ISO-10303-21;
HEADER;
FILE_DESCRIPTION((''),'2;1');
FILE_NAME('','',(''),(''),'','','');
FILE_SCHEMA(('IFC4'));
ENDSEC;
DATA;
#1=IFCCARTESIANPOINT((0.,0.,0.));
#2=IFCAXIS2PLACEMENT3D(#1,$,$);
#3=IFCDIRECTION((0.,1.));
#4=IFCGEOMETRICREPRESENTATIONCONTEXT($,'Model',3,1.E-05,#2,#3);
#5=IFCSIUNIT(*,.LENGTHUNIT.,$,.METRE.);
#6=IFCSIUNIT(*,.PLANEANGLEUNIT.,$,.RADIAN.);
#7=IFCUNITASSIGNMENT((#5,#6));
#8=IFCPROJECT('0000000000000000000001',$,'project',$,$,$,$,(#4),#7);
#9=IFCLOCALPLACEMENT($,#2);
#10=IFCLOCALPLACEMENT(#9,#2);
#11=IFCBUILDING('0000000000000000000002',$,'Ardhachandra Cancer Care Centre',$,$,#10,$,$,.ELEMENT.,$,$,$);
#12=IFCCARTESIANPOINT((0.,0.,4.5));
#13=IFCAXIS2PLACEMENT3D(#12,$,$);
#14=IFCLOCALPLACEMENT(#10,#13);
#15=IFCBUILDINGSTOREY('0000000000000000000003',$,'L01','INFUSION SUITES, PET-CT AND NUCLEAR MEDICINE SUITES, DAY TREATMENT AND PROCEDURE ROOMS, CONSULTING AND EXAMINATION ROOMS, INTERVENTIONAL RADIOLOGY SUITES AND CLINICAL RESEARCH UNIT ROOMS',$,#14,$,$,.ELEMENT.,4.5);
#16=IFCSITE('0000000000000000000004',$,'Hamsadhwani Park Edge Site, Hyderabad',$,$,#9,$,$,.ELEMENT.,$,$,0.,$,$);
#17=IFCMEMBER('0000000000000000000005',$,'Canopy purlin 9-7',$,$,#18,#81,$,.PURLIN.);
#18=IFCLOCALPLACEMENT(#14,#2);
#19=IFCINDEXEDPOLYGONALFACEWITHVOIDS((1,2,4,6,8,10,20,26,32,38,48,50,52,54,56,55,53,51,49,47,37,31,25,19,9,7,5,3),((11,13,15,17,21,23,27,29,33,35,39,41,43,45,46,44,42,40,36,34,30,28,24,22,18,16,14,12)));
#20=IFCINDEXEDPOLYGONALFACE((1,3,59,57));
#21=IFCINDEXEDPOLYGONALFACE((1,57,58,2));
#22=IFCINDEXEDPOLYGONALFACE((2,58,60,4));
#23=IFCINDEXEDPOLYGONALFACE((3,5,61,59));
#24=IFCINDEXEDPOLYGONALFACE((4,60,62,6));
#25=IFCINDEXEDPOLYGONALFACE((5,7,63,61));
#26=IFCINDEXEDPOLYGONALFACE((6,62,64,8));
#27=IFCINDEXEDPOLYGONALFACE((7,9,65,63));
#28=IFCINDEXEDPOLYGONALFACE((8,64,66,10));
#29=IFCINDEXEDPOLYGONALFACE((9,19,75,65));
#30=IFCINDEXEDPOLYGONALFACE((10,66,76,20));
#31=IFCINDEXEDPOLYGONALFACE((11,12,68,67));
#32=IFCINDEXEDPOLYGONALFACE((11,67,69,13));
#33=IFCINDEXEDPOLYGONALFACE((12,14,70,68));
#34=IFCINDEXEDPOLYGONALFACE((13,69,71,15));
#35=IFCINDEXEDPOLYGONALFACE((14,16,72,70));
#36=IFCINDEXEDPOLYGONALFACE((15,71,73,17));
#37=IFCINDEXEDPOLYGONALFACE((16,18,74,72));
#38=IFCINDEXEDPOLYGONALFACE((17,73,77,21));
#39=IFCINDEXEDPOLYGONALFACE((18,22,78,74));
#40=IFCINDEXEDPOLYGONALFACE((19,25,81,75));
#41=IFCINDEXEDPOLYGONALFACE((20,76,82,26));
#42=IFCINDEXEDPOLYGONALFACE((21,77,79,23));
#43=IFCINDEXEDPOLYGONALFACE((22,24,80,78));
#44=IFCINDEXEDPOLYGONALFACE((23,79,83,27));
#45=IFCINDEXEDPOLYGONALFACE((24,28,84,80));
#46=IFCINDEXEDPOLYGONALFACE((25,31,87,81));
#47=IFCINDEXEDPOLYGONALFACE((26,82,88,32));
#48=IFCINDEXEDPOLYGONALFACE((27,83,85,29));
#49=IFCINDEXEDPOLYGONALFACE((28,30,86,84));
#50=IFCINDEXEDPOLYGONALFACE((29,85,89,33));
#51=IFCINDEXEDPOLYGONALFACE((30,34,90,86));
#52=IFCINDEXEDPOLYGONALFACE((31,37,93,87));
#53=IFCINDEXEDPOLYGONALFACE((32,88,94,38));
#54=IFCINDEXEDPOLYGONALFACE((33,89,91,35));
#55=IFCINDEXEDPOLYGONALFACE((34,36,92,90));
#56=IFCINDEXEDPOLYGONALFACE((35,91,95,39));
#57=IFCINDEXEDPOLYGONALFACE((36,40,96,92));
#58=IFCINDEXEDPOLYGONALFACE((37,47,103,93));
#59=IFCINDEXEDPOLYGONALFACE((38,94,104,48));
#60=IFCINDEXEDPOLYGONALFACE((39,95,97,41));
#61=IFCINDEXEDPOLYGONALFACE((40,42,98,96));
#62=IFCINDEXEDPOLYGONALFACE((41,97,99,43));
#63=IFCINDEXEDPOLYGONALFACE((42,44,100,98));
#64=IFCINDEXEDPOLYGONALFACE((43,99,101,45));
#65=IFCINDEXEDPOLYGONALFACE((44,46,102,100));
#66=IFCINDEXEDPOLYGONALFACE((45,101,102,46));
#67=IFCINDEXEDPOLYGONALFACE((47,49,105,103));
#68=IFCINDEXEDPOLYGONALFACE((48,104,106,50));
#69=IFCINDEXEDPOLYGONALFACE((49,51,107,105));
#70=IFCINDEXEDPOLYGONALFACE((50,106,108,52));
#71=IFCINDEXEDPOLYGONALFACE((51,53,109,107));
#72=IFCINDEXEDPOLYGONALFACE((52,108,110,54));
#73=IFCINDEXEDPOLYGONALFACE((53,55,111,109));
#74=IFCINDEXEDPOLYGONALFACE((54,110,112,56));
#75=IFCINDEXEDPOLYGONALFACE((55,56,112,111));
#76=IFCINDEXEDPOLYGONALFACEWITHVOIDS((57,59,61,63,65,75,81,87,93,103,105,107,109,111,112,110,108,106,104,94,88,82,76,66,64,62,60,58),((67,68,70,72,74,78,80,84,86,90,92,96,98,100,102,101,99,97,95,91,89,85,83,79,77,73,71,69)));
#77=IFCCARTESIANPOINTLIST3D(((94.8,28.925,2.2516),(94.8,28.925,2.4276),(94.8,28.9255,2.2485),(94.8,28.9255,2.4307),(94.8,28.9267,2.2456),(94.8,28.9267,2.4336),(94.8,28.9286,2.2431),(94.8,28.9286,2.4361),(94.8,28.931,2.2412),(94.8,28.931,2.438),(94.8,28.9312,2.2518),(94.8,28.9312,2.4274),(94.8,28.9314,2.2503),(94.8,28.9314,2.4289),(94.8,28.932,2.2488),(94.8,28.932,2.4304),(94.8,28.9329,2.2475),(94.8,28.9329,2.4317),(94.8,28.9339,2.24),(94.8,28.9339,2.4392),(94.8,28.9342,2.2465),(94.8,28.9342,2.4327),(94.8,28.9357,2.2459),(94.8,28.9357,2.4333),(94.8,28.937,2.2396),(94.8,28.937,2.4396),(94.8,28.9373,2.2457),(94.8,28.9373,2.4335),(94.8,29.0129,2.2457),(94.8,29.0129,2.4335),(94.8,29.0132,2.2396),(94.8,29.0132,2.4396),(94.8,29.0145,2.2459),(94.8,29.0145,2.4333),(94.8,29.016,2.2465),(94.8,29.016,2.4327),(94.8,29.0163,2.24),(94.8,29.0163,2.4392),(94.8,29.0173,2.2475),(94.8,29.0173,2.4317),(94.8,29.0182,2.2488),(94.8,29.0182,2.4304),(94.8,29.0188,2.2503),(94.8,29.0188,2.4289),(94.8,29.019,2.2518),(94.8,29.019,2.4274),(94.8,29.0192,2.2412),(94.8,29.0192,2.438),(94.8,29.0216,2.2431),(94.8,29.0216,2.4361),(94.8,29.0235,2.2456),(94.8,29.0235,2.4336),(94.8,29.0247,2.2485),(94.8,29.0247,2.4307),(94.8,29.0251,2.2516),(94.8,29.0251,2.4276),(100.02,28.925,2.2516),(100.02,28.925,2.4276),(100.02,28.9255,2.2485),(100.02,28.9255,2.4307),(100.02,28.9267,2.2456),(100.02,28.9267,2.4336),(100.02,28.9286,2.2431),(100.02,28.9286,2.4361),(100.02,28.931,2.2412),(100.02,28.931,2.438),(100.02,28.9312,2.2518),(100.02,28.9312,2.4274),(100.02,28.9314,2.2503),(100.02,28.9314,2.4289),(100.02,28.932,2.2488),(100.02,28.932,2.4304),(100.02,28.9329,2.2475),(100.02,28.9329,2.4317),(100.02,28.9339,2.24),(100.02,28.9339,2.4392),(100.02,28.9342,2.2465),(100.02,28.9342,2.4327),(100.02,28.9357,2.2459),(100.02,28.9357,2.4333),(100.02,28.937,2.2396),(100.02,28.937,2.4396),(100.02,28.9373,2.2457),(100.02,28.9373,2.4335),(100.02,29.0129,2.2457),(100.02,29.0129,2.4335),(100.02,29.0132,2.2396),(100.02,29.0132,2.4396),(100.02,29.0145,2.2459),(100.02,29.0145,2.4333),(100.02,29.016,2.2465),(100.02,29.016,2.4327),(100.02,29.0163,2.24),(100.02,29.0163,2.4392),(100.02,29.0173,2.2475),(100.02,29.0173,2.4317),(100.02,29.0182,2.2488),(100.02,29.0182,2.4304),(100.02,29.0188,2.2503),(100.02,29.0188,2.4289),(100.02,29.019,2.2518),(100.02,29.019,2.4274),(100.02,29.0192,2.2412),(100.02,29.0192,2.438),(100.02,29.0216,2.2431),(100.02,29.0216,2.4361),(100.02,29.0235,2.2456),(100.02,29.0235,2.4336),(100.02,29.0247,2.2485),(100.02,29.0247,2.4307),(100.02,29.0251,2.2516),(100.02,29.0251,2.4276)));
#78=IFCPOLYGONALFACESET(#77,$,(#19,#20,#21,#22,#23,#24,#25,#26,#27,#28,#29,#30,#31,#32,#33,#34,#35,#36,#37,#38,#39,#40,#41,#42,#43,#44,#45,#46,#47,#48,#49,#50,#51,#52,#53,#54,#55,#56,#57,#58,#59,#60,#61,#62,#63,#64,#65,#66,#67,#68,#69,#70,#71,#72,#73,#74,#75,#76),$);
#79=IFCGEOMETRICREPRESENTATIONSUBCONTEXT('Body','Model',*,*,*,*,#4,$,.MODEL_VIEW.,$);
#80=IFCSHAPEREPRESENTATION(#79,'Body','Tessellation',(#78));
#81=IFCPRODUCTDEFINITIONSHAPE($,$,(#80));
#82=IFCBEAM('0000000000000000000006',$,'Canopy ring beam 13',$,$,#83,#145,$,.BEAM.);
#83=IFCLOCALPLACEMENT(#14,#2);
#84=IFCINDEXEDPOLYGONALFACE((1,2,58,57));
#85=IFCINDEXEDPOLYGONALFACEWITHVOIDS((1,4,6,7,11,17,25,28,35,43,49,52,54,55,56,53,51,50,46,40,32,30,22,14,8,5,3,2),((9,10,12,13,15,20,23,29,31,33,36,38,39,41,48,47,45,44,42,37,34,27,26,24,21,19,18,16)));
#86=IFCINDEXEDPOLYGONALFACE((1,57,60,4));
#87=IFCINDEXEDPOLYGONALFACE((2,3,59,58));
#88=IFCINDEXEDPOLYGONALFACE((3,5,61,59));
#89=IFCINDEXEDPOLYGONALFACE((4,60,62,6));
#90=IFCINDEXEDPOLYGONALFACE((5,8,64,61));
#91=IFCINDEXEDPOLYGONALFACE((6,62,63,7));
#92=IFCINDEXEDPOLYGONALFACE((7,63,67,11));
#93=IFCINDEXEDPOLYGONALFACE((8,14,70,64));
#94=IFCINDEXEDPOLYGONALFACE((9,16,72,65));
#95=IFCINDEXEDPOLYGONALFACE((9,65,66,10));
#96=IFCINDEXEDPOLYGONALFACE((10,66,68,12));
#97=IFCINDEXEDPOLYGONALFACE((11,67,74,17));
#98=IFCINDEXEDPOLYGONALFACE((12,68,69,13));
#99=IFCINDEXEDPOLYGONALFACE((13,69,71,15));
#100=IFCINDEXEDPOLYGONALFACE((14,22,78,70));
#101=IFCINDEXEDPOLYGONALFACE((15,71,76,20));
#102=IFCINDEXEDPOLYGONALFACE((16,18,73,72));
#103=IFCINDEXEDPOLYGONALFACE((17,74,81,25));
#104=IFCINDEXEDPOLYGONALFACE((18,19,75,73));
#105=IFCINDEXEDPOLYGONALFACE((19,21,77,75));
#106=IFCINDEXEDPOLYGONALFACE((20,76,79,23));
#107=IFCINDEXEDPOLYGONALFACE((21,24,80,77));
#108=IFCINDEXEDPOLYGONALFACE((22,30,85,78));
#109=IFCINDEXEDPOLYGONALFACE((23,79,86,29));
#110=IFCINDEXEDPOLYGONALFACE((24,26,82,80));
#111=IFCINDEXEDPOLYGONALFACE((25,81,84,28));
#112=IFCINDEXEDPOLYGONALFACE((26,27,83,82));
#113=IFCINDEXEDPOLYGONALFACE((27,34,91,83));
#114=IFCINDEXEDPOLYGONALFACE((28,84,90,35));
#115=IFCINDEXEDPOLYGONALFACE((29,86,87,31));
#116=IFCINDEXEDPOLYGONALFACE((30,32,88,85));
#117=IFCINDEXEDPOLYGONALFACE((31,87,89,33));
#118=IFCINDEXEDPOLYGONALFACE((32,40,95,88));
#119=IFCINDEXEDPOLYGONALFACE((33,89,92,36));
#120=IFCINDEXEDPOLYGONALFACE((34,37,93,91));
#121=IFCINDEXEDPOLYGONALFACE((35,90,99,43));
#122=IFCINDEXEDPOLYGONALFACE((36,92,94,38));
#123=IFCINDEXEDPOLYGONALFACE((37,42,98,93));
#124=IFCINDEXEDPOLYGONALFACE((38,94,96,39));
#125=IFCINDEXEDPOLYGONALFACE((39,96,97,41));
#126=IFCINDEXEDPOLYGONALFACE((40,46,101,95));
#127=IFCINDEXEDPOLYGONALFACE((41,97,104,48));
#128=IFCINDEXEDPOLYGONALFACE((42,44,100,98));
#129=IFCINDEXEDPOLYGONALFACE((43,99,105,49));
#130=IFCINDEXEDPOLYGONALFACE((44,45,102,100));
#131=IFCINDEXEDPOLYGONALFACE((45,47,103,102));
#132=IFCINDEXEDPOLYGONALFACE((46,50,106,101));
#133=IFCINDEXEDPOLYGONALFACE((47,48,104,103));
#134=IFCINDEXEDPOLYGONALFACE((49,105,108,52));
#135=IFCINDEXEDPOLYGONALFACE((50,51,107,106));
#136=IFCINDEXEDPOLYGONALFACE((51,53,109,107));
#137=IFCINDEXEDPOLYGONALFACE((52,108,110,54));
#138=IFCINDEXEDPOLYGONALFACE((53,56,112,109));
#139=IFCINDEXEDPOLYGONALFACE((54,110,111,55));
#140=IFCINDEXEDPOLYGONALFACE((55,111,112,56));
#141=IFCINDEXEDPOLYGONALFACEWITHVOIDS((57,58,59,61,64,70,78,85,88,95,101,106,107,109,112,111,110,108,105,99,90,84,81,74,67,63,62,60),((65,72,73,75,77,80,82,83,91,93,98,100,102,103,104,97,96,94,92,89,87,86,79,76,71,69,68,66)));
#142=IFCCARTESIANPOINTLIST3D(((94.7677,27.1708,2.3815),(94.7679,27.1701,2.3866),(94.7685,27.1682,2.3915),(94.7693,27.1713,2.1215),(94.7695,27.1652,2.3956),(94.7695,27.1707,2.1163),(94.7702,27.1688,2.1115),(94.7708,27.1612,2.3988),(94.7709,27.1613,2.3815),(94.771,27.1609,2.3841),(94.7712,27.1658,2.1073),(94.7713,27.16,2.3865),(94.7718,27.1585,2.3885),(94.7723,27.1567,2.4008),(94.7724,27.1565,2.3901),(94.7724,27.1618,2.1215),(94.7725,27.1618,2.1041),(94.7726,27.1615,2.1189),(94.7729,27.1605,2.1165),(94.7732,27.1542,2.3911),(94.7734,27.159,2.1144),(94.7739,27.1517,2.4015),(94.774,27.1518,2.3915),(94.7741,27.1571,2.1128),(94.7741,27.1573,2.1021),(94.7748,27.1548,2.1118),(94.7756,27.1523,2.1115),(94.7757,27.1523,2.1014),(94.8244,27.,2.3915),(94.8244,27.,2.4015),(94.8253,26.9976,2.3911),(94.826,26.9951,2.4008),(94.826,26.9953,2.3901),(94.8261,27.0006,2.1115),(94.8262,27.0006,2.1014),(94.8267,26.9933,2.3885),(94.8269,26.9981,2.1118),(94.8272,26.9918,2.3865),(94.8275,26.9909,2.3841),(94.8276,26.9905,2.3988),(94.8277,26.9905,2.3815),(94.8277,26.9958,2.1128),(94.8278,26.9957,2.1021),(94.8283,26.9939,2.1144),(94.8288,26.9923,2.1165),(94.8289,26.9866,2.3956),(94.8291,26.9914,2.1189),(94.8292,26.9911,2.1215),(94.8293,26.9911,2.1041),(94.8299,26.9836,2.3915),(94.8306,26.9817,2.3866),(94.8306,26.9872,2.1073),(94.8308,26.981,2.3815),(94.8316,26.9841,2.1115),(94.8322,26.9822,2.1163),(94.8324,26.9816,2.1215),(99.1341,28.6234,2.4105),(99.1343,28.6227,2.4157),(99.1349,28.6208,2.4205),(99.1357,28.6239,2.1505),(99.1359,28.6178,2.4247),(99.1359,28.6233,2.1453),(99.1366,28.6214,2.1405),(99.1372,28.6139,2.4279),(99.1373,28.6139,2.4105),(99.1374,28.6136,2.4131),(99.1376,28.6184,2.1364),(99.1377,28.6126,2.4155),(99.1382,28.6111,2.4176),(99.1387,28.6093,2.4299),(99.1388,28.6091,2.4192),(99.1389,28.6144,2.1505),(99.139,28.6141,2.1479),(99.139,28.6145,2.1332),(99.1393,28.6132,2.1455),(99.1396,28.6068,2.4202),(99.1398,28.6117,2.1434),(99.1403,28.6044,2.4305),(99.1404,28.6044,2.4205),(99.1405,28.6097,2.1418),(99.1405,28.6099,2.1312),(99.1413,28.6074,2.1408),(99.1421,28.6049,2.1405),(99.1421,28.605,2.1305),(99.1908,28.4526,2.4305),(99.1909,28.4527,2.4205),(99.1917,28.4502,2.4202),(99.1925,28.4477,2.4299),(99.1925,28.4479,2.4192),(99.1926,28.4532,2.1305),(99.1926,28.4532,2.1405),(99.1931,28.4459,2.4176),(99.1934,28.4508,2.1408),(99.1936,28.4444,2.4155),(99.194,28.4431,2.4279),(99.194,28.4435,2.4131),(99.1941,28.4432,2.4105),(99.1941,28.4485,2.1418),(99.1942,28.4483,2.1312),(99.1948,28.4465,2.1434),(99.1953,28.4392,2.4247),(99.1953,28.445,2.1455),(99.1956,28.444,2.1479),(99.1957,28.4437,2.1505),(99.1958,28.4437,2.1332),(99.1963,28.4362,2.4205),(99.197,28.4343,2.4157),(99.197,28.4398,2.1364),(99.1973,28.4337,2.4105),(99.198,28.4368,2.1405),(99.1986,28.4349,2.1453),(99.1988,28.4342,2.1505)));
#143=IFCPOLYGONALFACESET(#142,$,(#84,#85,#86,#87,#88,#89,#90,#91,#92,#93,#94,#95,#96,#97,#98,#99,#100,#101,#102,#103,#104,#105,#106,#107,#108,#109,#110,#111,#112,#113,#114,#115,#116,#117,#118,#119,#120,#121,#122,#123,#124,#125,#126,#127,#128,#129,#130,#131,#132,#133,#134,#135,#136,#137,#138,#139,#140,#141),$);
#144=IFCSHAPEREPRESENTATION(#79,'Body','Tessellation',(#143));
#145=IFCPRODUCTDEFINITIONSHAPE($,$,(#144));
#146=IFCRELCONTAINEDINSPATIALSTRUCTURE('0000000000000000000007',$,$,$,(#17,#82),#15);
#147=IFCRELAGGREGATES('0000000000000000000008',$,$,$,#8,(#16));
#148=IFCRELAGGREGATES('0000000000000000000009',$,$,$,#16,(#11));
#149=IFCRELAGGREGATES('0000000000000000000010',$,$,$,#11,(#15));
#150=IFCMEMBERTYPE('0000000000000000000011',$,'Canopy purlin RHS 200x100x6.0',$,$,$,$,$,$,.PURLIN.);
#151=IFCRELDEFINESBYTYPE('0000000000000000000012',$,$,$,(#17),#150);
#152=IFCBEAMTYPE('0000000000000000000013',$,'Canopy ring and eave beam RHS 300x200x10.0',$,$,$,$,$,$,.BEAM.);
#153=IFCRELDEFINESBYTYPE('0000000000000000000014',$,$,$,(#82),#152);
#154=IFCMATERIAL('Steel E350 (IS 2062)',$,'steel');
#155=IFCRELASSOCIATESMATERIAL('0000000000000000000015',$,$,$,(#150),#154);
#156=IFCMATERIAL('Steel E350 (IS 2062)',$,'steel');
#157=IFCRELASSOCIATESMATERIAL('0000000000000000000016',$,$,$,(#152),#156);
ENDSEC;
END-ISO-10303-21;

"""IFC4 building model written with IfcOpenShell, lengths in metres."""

from ifc_helpers import new_model, si_unit, direction, frame, origin, origin_2d, place, context, subcontext, project, spatial, hollow_rectangle, extrude, material, material_profile, profile_set, type_object, element, save


model = new_model("IFC4")

# Units and contexts
model_context = context("Model", 3, precision=1e-05, world=origin(), true_north=direction((0.0, 1.0)))
body_context = subcontext(model_context, "Body", "Model", "MODEL_VIEW")
ifc_project = project(units=[si_unit("LENGTHUNIT", "METRE"), si_unit("PLANEANGLEUNIT", "RADIAN")], contexts=[model_context])

# Site, building, storey
site_placement = place(None, origin())
site = spatial("IfcSite", under=ifc_project, at=site_placement, Name="Hamsadhwani Park Edge Site, Hyderabad", CompositionType="ELEMENT", RefElevation=0.0)
building_placement = place(site_placement, origin())
building = spatial("IfcBuilding", under=site, at=building_placement, Name="Ardhachandra Cancer Care Centre", CompositionType="ELEMENT")
storey_placement = place(building_placement, frame((0.0, 0.0, 4.5)))
storey = spatial("IfcBuildingStorey", under=building, at=storey_placement, Name="L01", Description="INFUSION SUITES, PET-CT AND NUCLEAR MEDICINE SUITES, DAY TREATMENT AND PROCEDURE ROOMS, CONSULTING AND EXAMINATION ROOMS, INTERVENTIONAL RADIOLOGY SUITES AND CLINICAL RESEARCH UNIT ROOMS", CompositionType="ELEMENT", Elevation=4.5)

# Member
ifc_material_1 = material(Name="Steel E350 (IS 2062)", Category="steel")
ifc_material_profile_1 = material_profile(ifc_material_1, hollow_rectangle(XDim=0.1001, YDim=0.2, WallThickness=0.0061, InnerFilletRadius=0.0061, OuterFilletRadius=0.012, at=origin_2d()), Name="RHS 200x100x6.0")
ifc_profile_set_1 = profile_set([ifc_material_profile_1], Name="Steel E350 (IS 2062)")
member_type_1 = type_object("IfcMemberType", Name="Canopy purlin RHS 200x100x6.0", PredefinedType="PURLIN", material=ifc_profile_set_1)
member_1_placement = place(storey_placement, frame((94.8, 28.9751, 2.3396), z_axis=(1.0, 0.0, 0.0), x_axis=(0.0, 1.0, 0.0)))
element("IfcMember", 1, at=member_1_placement, inside=storey, type_object=member_type_1, Name="Canopy purlin 9-7", PredefinedType="PURLIN", context=body_context, shape_type="SweptSolid", body=[
    extrude(hollow_rectangle(XDim=0.1001, YDim=0.2, WallThickness=0.0061, InnerFilletRadius=0.0061, OuterFilletRadius=0.012, at=origin_2d()), origin(), (0.0, 0.0, 1.0), 5.22),
])

# Beam
ifc_material_2 = material(Name="Steel E350 (IS 2062)", Category="steel")
ifc_material_profile_2 = material_profile(ifc_material_2, hollow_rectangle(XDim=0.2, YDim=0.3, WallThickness=0.01, InnerFilletRadius=0.01, OuterFilletRadius=0.02, at=origin_2d()), Name="RHS 300x200x10.0")
ifc_profile_set_2 = profile_set([ifc_material_profile_2], Name="Steel E350 (IS 2062)")
beam_type = type_object("IfcBeamType", Name="Canopy ring and eave beam RHS 300x200x10.0", PredefinedType="BEAM", material=ifc_profile_set_2)
beam_1_placement = place(storey_placement, frame((94.8, 27.0762, 2.2515), z_axis=(0.94885, 0.315664, 0.006313), x_axis=(-0.315671, 0.948869, 0.0)))
element("IfcBeam", 2, at=beam_1_placement, inside=storey, type_object=beam_type, Name="Canopy ring beam 13", PredefinedType="BEAM", context=body_context, shape_type="SweptSolid", body=[
    extrude(hollow_rectangle(XDim=0.2, YDim=0.3, WallThickness=0.01, InnerFilletRadius=0.01, OuterFilletRadius=0.02, at=origin_2d()), origin(), (0.0, 0.0, 1.0), 4.6018),
])

save(model, "model.ifc")
